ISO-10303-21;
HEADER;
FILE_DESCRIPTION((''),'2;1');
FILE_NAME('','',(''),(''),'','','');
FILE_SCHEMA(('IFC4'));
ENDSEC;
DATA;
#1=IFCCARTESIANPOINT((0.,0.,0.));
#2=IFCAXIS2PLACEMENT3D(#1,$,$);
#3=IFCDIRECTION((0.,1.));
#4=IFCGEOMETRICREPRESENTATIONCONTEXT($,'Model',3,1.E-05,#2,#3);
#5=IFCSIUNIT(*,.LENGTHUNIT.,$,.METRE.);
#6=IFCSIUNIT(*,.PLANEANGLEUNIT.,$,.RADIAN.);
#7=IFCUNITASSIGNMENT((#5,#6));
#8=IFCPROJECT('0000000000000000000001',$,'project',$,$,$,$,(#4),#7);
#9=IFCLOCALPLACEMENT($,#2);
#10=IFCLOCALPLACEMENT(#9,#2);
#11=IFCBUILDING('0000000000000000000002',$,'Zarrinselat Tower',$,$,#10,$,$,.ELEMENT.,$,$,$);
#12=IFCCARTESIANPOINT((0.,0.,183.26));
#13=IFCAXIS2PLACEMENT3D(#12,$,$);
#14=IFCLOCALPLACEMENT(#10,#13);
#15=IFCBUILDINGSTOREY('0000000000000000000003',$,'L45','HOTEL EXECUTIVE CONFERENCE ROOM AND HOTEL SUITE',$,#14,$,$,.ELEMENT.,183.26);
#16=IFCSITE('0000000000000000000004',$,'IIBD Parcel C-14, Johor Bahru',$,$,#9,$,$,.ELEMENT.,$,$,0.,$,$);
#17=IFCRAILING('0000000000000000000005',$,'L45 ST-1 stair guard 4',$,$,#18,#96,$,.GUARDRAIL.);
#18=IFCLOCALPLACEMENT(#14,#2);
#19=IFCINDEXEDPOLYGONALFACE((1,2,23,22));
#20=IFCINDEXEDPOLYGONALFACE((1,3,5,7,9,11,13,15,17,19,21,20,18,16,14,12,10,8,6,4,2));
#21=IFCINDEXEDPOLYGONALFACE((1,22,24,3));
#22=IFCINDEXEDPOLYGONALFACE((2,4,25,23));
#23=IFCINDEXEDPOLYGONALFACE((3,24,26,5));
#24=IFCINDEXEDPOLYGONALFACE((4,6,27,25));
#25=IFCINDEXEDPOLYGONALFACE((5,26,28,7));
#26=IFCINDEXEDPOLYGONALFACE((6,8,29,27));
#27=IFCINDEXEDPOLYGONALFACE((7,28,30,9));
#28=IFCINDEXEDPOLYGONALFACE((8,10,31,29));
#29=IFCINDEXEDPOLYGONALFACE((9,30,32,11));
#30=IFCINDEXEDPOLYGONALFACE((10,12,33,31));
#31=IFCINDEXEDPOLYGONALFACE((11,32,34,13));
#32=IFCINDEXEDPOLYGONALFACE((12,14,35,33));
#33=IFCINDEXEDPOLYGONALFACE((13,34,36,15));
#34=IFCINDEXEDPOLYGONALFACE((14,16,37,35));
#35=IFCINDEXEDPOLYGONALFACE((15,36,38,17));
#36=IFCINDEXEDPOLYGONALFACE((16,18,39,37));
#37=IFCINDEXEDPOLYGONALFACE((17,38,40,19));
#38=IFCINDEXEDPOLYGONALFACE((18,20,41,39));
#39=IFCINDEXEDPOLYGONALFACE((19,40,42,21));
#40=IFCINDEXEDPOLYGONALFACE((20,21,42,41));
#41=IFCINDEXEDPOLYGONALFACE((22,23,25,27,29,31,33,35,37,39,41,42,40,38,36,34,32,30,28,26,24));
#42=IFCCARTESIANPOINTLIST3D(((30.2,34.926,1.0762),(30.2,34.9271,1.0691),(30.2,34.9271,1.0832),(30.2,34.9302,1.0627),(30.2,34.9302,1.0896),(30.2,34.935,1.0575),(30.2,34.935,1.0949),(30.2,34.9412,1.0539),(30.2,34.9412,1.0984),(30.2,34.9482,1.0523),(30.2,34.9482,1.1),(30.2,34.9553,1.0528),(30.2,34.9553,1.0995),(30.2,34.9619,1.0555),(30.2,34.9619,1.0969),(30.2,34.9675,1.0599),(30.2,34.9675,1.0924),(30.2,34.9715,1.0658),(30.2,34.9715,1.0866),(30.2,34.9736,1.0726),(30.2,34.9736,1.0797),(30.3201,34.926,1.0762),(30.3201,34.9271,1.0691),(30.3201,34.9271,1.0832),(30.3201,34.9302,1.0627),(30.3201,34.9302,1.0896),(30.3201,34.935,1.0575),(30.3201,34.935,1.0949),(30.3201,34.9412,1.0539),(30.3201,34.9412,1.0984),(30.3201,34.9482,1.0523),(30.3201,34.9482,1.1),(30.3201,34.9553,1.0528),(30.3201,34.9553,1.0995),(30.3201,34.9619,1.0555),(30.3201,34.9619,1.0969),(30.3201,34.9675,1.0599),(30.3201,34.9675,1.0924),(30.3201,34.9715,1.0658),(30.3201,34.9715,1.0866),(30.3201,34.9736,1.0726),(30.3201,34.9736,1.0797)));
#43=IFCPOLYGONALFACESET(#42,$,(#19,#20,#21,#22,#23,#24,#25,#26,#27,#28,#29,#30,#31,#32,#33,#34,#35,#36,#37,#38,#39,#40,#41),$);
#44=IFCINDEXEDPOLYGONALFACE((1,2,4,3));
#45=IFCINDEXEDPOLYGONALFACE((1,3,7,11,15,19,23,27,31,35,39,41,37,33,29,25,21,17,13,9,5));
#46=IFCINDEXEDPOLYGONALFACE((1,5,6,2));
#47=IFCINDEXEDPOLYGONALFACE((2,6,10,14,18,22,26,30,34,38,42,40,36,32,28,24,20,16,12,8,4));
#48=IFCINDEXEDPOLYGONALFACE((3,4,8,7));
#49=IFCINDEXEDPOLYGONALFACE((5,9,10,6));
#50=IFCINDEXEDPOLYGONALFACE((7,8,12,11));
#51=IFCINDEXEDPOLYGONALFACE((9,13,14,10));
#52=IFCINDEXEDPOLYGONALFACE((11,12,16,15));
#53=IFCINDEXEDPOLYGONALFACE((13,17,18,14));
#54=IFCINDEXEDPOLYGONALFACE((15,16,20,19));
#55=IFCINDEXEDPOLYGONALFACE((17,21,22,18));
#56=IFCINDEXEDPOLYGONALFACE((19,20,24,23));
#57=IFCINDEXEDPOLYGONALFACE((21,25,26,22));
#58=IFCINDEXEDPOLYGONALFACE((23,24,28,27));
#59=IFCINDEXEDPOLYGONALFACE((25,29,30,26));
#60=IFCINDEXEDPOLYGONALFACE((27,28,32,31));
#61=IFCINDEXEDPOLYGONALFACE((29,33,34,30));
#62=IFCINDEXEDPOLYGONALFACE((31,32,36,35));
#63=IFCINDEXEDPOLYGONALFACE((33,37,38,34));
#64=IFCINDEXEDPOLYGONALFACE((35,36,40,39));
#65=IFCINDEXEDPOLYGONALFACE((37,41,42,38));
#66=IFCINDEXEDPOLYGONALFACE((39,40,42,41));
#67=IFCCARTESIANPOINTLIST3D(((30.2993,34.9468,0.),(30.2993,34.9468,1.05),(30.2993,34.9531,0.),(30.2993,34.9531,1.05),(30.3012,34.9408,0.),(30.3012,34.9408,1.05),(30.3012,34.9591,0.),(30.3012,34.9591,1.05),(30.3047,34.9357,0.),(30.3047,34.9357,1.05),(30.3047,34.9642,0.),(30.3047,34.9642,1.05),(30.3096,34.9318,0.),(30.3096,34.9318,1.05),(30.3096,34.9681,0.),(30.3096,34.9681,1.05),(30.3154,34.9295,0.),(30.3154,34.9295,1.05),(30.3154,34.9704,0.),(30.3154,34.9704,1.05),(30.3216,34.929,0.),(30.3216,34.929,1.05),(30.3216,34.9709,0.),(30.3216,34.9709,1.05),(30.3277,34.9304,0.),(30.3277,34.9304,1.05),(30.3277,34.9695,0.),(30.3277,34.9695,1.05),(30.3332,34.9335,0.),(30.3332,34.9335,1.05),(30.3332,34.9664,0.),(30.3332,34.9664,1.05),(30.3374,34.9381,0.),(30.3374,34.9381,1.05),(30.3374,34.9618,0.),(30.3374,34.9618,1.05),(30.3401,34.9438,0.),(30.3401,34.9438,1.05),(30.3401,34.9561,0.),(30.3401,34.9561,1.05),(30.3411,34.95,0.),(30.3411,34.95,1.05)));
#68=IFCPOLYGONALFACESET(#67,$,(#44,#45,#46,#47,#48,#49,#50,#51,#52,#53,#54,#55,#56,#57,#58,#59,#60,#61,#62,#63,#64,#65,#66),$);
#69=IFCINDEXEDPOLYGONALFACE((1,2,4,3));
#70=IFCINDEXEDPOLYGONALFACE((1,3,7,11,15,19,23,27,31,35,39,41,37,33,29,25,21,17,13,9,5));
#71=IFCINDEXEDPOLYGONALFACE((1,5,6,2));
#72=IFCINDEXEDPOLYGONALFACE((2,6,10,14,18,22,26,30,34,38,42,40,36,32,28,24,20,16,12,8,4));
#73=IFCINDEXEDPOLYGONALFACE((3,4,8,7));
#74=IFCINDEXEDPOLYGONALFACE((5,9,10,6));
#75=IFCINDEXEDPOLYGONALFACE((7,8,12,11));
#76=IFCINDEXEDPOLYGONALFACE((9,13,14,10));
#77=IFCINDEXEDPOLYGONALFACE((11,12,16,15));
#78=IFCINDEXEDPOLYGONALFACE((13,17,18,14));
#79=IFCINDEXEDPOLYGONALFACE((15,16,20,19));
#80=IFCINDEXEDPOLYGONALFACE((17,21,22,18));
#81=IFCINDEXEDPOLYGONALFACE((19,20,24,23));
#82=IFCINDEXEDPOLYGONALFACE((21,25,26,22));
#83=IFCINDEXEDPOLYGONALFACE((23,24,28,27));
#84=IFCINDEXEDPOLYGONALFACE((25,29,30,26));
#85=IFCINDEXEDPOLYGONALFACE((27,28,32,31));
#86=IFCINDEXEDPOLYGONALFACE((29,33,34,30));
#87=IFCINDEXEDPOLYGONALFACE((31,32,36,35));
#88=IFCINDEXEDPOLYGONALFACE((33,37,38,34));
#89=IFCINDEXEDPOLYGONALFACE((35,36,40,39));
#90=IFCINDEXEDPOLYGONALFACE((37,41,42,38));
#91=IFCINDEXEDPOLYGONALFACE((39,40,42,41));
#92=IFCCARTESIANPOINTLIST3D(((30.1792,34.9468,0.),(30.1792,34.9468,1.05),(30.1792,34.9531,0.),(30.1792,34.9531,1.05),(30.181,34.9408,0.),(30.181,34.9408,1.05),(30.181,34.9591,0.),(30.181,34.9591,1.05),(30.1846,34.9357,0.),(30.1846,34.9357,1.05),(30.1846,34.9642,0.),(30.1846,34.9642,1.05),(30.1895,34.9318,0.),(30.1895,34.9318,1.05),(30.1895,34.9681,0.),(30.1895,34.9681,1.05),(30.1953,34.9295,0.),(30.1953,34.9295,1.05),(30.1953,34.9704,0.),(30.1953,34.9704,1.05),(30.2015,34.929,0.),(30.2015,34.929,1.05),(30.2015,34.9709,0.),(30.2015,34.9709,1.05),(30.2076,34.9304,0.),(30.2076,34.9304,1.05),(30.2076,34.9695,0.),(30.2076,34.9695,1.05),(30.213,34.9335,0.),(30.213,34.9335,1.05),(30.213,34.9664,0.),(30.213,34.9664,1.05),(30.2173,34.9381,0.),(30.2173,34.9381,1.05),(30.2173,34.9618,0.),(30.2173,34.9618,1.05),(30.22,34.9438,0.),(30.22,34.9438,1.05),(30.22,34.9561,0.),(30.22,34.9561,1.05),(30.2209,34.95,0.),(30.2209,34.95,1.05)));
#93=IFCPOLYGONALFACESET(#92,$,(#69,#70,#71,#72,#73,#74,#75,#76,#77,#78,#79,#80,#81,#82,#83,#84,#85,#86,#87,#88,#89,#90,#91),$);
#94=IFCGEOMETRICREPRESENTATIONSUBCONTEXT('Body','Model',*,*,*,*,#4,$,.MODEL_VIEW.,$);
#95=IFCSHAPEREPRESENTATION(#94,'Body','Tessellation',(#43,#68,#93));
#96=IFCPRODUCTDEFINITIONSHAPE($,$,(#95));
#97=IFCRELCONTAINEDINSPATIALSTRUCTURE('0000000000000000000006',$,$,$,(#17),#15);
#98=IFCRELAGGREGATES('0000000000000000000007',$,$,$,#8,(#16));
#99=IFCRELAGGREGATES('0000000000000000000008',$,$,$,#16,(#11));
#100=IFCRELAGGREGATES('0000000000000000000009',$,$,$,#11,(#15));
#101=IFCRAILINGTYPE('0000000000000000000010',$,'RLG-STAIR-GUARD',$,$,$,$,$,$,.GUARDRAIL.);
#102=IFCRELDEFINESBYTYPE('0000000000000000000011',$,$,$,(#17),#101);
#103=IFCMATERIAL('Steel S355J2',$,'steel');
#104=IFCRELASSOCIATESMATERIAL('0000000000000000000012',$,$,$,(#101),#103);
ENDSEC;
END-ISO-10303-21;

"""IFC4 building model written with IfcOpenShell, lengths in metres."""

from ifc_helpers import new_model, si_unit, direction, frame, origin, origin_2d, place, context, subcontext, project, spatial, circle, extrude, material, type_object, element, save


model = new_model("IFC4")

# Units and contexts
model_context = context("Model", 3, precision=1e-05, world=origin(), true_north=direction((0.0, 1.0)))
body_context = subcontext(model_context, "Body", "Model", "MODEL_VIEW")
ifc_project = project(units=[si_unit("LENGTHUNIT", "METRE"), si_unit("PLANEANGLEUNIT", "RADIAN")], contexts=[model_context])

# Site, building, storey
site_placement = place(None, origin())
site = spatial("IfcSite", under=ifc_project, at=site_placement, Name="IIBD Parcel C-14, Johor Bahru", CompositionType="ELEMENT", RefElevation=0.0)
building_placement = place(site_placement, origin())
building = spatial("IfcBuilding", under=site, at=building_placement, Name="Zarrinselat Tower", CompositionType="ELEMENT")
storey_placement = place(building_placement, frame((0.0, 0.0, 183.26)))
storey = spatial("IfcBuildingStorey", under=building, at=storey_placement, Name="L45", Description="HOTEL EXECUTIVE CONFERENCE ROOM AND HOTEL SUITE", CompositionType="ELEMENT", Elevation=183.26)

# Railing
ifc_material_1 = material(Name="Steel S355J2", Category="steel")
railing_type = type_object("IfcRailingType", Name="RLG-STAIR-GUARD", PredefinedType="GUARDRAIL", material=ifc_material_1)
railing_1_placement = place(storey_placement, frame((30.3201, 34.95, 0.0)))
element("IfcRailing", 1, at=railing_1_placement, inside=storey, type_object=railing_type, Name="L45 ST-1 stair guard 4", PredefinedType="GUARDRAIL", context=body_context, shape_type="SweptSolid", body=[
    extrude(circle(Radius=0.0239, at=origin_2d()), frame((0.0, 0.0, 1.0762), z_axis=(-1.0, 0.0, 0.0), x_axis=(0.0, -1.0, 0.0)), (0.0, 0.0, 1.0), 0.1201),
    extrude(circle(Radius=0.021, at=origin_2d()), origin(), (0.0, 0.0, 1.0), 1.05),
    extrude(circle(Radius=0.021, at=origin_2d()), frame((-0.1201, 0.0, 0.0)), (0.0, 0.0, 1.0), 1.05),
])

save(model, "model.ifc")
